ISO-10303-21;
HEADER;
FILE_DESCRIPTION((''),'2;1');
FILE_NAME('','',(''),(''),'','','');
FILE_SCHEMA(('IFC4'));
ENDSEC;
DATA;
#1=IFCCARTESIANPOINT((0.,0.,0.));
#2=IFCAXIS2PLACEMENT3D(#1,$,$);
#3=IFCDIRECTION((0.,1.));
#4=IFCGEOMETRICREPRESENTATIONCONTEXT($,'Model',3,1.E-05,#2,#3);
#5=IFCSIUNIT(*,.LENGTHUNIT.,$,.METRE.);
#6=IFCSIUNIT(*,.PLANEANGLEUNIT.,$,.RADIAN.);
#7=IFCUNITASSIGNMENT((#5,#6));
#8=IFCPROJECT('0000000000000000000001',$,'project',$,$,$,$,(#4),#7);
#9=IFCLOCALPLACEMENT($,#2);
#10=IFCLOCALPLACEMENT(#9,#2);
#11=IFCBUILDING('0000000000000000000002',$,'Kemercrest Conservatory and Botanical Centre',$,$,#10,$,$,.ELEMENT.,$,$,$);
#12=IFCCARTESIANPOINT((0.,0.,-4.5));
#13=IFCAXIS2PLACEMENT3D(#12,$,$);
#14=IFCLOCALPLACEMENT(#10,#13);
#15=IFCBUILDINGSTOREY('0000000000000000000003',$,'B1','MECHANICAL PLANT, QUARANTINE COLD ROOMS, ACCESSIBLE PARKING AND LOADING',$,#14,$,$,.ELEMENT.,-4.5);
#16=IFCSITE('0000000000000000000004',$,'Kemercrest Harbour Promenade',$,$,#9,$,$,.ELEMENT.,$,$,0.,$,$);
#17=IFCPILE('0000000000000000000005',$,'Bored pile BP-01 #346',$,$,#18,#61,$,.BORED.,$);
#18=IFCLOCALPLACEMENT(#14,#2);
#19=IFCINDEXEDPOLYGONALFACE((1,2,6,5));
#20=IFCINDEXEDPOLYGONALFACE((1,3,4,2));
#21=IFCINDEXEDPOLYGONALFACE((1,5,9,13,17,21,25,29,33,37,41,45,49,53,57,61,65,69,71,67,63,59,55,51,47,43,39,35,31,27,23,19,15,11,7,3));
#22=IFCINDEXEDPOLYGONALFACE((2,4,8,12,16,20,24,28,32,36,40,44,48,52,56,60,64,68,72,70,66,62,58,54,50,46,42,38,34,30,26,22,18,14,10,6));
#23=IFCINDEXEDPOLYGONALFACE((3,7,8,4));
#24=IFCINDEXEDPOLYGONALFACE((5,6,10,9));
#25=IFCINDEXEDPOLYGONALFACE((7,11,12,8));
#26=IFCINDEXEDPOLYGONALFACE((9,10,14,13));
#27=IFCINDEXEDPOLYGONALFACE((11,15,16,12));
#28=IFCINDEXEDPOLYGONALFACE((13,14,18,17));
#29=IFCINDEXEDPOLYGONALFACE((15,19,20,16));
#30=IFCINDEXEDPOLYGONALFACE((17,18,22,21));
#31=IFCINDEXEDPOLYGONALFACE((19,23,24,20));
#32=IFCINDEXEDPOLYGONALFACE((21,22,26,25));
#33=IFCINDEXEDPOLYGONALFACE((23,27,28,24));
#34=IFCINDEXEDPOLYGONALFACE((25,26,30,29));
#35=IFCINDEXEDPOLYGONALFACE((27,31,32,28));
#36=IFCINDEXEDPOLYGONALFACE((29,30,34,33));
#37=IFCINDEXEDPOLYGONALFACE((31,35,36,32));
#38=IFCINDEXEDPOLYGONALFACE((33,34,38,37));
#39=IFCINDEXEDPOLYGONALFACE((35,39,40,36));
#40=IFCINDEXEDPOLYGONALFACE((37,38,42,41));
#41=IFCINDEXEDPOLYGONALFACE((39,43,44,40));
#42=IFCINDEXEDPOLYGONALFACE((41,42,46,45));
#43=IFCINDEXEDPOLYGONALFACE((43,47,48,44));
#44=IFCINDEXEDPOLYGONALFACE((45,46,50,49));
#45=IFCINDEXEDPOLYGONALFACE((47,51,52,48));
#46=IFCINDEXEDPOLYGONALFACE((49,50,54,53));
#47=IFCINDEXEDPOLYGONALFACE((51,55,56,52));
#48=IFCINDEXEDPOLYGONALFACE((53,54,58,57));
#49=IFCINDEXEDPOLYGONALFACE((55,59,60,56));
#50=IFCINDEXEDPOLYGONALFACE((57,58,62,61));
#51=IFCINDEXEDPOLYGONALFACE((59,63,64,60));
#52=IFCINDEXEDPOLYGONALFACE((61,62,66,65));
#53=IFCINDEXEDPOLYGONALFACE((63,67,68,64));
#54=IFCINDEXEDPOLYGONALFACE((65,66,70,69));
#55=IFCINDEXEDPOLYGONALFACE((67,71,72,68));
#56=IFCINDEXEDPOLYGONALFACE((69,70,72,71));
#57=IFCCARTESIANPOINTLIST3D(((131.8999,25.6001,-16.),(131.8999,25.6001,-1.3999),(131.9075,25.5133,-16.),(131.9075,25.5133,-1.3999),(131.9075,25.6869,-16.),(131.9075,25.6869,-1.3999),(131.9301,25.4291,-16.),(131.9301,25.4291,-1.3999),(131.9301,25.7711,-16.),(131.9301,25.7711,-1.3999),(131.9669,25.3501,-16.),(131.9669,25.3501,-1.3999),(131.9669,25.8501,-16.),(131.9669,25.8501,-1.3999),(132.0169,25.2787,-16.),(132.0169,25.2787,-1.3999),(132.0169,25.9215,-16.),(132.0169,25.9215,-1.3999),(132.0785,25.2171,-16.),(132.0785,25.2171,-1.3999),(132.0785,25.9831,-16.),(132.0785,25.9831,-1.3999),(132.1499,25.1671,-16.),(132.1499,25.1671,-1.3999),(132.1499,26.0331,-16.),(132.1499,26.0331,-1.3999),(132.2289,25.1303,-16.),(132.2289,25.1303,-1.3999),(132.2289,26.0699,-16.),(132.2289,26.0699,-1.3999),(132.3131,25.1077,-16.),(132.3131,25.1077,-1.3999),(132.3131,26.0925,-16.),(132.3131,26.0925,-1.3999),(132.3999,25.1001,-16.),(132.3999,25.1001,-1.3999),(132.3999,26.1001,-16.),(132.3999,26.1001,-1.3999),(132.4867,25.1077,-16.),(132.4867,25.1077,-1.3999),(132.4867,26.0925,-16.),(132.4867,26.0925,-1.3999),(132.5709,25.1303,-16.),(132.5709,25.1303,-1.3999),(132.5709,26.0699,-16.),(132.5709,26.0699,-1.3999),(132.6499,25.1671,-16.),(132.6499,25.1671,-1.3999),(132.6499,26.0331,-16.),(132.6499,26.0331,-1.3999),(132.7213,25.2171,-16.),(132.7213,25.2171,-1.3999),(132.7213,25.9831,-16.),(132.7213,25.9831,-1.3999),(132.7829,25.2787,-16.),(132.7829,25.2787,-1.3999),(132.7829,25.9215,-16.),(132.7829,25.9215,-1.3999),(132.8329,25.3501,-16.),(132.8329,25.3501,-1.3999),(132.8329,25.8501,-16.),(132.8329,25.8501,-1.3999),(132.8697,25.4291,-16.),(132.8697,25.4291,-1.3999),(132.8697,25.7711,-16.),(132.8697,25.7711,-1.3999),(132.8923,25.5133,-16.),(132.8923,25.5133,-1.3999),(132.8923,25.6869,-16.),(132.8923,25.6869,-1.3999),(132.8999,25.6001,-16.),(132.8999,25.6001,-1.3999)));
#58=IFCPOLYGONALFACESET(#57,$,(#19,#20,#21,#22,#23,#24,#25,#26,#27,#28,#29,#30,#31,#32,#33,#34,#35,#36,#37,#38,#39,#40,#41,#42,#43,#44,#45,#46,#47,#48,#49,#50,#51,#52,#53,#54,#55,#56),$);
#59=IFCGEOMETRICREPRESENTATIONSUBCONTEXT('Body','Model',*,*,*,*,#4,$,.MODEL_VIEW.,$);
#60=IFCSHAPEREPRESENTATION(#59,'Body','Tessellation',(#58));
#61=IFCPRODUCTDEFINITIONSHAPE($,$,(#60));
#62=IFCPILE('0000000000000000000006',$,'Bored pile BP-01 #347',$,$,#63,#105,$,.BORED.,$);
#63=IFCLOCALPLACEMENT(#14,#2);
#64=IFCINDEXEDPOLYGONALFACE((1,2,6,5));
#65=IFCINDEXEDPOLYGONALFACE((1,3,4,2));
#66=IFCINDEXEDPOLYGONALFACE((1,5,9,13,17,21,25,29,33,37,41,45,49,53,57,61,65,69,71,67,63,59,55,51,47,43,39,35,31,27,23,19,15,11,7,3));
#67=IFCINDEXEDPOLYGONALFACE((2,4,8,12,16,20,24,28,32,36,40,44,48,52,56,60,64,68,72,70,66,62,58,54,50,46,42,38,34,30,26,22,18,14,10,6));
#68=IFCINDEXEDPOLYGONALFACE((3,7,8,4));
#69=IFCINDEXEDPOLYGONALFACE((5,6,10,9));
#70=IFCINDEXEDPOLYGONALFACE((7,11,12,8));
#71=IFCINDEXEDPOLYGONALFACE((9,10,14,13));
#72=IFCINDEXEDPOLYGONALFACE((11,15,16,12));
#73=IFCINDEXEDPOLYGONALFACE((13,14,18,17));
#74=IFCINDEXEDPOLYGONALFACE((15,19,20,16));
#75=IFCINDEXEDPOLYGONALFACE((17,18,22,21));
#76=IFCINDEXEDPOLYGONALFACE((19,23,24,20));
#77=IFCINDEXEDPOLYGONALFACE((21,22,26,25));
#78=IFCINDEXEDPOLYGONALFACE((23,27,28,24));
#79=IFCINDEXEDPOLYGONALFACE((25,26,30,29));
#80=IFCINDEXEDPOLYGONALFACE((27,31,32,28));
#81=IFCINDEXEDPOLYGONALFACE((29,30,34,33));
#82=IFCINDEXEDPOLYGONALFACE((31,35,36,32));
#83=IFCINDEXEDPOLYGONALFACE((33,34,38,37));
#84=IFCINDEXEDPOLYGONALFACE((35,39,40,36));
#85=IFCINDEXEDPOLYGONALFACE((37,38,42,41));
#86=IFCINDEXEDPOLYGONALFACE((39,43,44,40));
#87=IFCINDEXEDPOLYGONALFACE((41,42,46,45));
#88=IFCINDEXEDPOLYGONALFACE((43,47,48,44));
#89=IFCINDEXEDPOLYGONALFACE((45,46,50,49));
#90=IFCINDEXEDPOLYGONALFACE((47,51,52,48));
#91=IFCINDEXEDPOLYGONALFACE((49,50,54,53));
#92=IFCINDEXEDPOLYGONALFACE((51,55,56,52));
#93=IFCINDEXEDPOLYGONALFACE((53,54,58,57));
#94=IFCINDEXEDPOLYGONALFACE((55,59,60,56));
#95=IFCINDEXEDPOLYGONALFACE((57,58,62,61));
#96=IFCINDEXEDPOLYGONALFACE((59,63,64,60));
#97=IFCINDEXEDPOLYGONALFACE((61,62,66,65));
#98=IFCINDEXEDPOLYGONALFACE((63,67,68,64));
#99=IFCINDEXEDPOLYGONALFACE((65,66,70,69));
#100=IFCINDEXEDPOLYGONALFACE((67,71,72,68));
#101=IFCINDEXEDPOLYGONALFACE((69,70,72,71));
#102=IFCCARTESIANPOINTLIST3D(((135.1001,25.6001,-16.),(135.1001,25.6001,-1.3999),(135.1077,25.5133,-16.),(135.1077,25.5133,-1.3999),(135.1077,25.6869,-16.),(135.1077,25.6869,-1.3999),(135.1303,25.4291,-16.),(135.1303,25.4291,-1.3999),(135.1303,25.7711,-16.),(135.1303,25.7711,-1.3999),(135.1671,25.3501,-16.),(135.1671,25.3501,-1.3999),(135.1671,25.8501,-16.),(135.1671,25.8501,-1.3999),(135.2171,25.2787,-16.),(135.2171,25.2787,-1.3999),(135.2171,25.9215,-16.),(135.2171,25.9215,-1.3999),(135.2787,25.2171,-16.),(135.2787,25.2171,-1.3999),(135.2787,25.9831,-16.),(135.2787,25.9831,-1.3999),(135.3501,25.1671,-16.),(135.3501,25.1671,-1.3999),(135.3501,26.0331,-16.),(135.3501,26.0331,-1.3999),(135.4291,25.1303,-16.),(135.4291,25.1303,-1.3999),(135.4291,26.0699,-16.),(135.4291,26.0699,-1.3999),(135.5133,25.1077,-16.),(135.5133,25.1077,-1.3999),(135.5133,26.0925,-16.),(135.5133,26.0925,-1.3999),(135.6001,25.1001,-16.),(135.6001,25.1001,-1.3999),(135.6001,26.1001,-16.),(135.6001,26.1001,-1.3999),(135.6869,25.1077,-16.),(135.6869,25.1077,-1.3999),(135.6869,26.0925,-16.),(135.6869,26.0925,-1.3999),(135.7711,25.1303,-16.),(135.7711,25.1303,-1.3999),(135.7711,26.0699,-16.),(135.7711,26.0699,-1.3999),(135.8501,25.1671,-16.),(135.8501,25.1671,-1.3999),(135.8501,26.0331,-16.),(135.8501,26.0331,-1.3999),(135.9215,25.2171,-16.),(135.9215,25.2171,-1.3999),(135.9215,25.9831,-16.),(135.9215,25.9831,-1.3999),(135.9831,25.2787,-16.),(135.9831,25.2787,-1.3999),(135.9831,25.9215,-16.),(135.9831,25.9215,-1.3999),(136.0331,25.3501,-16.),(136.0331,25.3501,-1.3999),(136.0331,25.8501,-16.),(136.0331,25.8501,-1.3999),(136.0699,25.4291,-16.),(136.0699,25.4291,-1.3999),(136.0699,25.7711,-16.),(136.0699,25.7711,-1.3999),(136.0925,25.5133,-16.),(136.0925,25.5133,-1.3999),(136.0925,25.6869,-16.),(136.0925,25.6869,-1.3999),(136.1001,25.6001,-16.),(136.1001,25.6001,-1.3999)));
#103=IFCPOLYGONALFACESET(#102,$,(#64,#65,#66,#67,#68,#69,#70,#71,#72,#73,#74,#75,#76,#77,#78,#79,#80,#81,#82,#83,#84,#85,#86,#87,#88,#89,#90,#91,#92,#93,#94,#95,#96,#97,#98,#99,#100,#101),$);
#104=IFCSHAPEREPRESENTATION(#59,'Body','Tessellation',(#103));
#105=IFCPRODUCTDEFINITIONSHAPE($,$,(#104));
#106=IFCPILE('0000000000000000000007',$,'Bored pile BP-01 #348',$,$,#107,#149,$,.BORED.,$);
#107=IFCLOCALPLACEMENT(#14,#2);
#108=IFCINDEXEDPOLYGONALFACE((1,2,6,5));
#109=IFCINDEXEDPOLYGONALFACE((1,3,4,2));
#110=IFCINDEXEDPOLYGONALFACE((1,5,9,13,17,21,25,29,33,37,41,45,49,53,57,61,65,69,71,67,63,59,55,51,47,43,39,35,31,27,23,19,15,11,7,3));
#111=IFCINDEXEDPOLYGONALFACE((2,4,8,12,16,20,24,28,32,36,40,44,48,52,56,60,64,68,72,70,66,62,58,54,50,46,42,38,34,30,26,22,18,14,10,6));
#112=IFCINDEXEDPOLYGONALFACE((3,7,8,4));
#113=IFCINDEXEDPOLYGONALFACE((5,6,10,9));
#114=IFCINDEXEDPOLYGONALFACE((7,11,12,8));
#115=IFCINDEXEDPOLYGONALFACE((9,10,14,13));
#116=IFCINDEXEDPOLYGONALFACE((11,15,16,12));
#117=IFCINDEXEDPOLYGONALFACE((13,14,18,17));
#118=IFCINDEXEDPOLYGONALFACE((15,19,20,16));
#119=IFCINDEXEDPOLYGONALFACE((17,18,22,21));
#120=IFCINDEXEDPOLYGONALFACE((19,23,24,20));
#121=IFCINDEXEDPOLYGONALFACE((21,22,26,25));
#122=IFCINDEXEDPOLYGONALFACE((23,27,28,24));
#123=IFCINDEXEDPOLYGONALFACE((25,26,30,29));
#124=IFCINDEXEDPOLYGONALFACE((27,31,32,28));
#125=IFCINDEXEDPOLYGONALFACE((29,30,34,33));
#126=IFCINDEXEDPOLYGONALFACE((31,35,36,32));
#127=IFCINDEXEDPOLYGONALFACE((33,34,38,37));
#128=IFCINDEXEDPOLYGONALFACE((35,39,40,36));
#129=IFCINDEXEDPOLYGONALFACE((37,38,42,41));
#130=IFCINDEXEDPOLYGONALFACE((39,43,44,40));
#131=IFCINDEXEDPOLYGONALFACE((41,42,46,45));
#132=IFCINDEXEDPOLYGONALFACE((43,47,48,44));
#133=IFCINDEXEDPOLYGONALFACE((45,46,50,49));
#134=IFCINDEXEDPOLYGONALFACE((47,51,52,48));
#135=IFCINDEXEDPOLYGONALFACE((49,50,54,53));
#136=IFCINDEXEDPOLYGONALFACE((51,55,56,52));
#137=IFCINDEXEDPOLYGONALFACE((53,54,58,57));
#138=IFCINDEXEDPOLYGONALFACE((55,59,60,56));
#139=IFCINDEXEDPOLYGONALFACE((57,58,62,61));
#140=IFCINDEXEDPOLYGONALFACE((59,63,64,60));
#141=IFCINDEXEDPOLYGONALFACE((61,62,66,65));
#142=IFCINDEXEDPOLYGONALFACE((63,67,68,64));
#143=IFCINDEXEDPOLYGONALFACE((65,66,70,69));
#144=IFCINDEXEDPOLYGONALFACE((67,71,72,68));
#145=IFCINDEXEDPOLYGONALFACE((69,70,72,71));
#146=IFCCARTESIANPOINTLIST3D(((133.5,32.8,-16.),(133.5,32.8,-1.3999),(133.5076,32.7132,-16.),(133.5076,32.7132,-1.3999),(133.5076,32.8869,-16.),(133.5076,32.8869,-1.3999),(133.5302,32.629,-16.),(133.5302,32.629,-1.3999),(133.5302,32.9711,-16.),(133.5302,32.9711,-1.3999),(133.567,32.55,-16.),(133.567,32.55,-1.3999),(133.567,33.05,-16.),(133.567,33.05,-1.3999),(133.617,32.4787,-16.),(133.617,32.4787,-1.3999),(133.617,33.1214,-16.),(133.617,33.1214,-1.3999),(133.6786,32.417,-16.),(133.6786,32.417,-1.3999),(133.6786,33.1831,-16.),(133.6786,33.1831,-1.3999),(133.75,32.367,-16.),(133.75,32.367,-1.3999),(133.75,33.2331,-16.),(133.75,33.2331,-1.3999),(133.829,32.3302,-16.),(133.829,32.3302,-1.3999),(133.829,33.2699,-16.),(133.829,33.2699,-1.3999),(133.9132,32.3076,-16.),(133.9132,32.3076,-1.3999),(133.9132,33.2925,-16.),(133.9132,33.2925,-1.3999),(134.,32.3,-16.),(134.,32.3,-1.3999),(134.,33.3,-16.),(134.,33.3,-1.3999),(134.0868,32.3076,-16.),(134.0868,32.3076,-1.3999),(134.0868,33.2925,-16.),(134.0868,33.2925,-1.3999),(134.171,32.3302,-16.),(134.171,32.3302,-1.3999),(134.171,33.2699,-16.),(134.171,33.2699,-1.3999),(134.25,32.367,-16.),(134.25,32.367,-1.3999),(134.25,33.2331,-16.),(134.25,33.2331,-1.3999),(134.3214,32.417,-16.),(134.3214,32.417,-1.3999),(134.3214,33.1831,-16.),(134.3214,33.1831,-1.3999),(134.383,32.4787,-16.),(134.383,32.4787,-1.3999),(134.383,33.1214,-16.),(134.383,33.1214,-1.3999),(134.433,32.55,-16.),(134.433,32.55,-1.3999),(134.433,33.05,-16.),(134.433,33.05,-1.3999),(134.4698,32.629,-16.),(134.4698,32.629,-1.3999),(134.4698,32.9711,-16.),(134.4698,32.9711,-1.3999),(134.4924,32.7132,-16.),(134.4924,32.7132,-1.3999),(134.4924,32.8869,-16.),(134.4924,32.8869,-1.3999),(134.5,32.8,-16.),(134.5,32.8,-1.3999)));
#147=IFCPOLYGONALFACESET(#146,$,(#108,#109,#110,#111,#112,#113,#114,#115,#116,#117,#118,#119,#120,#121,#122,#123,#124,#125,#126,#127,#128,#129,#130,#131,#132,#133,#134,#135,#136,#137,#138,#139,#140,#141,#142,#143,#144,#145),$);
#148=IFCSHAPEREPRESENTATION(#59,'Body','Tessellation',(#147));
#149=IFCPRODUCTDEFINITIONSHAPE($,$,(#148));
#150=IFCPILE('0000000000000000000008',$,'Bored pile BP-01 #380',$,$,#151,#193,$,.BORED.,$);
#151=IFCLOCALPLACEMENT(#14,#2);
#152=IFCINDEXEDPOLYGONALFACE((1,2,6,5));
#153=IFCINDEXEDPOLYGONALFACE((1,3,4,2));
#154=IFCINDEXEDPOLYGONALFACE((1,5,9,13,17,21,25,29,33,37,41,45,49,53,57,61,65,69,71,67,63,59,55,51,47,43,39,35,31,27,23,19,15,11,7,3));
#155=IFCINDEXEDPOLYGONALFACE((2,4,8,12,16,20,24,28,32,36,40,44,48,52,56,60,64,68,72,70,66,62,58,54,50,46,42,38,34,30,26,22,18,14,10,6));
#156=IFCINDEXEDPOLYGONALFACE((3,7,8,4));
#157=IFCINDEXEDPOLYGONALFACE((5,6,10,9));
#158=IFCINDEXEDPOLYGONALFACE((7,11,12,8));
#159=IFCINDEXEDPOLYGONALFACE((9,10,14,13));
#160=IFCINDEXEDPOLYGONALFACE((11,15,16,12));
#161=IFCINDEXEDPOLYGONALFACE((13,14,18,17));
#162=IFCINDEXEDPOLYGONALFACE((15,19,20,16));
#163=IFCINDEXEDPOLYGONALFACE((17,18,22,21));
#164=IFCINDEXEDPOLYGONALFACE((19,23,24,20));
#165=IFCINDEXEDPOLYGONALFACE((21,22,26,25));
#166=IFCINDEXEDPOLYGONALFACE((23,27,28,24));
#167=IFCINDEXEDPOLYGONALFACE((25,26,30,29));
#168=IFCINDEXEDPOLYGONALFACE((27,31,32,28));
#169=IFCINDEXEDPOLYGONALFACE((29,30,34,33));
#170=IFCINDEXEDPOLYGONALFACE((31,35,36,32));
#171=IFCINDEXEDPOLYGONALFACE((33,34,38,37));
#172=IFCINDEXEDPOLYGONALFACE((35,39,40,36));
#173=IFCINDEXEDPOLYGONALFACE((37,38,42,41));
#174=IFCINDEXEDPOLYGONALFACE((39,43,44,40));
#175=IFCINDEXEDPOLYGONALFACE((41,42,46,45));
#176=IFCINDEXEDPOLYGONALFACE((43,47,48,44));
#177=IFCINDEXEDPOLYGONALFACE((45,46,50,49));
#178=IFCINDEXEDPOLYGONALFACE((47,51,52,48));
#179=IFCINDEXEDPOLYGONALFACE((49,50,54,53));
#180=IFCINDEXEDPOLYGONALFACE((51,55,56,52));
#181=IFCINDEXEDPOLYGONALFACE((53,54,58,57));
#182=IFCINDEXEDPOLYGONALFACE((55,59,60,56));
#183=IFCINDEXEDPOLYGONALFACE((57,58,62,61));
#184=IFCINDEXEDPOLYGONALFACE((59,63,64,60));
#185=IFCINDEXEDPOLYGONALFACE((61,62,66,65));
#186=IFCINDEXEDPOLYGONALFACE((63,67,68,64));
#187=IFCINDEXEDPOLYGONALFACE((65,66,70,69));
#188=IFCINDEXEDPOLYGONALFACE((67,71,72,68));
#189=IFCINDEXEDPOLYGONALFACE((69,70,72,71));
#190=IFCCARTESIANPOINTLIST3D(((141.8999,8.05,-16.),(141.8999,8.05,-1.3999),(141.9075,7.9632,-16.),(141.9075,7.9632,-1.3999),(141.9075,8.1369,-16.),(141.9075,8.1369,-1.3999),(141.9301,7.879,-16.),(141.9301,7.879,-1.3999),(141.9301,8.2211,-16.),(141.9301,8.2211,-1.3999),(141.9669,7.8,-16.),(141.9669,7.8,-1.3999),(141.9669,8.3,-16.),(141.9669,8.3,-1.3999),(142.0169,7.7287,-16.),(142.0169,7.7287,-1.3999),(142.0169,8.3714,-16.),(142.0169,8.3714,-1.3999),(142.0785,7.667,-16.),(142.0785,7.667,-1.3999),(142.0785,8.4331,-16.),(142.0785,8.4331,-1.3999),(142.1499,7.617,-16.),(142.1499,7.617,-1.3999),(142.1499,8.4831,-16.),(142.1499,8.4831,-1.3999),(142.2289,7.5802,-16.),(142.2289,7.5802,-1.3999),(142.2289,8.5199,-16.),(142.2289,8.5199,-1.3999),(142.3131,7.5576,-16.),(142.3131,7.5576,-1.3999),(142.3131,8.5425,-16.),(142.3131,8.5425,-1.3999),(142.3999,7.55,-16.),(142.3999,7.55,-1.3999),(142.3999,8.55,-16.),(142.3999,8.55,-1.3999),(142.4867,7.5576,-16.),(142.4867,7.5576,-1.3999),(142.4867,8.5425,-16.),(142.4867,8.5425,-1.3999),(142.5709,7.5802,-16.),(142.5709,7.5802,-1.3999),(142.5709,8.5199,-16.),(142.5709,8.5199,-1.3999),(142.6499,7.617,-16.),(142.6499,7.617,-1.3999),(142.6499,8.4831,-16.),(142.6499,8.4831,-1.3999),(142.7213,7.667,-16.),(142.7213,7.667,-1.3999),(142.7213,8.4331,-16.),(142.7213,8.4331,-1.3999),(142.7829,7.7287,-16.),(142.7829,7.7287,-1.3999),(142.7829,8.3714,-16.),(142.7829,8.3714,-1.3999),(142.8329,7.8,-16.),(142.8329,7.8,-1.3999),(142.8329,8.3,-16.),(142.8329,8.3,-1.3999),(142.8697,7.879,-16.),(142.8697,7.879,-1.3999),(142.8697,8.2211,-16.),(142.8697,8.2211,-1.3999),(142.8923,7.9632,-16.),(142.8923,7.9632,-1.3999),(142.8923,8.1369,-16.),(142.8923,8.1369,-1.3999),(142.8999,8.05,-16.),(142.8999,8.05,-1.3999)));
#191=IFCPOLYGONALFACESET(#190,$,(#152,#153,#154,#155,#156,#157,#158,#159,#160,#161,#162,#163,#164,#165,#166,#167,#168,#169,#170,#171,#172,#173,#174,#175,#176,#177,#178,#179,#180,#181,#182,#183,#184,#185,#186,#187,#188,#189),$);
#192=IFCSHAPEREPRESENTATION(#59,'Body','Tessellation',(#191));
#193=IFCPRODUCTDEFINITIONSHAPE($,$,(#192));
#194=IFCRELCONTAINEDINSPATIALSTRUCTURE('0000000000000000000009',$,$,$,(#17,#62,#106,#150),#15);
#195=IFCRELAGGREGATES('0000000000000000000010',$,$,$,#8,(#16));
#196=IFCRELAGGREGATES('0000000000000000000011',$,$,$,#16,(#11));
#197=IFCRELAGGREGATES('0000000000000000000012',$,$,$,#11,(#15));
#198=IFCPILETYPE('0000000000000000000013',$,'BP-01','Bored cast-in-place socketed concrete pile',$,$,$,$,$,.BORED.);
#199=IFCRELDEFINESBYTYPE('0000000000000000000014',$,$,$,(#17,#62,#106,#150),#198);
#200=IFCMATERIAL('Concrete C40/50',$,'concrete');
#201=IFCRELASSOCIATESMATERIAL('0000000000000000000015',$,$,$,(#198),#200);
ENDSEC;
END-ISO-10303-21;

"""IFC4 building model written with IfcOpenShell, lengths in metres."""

from ifc_helpers import new_model, si_unit, direction, frame, origin, origin_2d, place, context, subcontext, project, spatial, circle, extrude, material, material_profile, profile_set, type_object, element, save


model = new_model("IFC4")

# Units and contexts
model_context = context("Model", 3, precision=1e-05, world=origin(), true_north=direction((0.0, 1.0)))
body_context = subcontext(model_context, "Body", "Model", "MODEL_VIEW")
ifc_project = project(units=[si_unit("LENGTHUNIT", "METRE"), si_unit("PLANEANGLEUNIT", "RADIAN")], contexts=[model_context])

# Site, building, storey
site_placement = place(None, origin())
site = spatial("IfcSite", under=ifc_project, at=site_placement, Name="Kemercrest Harbour Promenade", CompositionType="ELEMENT", RefElevation=0.0)
building_placement = place(site_placement, origin())
building = spatial("IfcBuilding", under=site, at=building_placement, Name="Kemercrest Conservatory and Botanical Centre", CompositionType="ELEMENT")
storey_placement = place(building_placement, frame((0.0, 0.0, -4.5)))
storey = spatial("IfcBuildingStorey", under=building, at=storey_placement, Name="B1", Description="MECHANICAL PLANT, QUARANTINE COLD ROOMS, ACCESSIBLE PARKING AND LOADING", CompositionType="ELEMENT", Elevation=-4.5)

# Piles
ifc_material_1 = material(Name="Concrete C40/50", Category="concrete")
ifc_material_profile_1 = material_profile(ifc_material_1, circle(Radius=0.5, at=origin_2d()), Name="BORED PILE 1000")
ifc_profile_set_1 = profile_set([ifc_material_profile_1], Name="Concrete C40/50")
pile_type_1 = type_object("IfcPileType", Name="BP-01", Description="Bored cast-in-place socketed concrete pile", PredefinedType="BORED", material=ifc_profile_set_1)
for number, where, z_axis, x_axis, name in (
    (1, (132.3999, 25.6001, -1.3999), (0.0, 0.0, -1.0), (1.0, 0.0, 0.0), "Bored pile BP-01 #346"),
    (2, (135.6001, 25.6001, -1.3999), (0.0, 0.0, -1.0), (1.0, 0.0, 0.0), "Bored pile BP-01 #347"),
    (3, (134.0, 32.8, -1.3999), (0.0, 0.0, -1.0), (1.0, 0.0, 0.0), "Bored pile BP-01 #348"),
    (4, (142.3999, 8.05, -1.3999), (0.0, 0.0, -1.0), (1.0, 0.0, 0.0), "Bored pile BP-01 #380"),
):
    element("IfcPile", number, at=place(storey_placement, frame(where, z_axis=z_axis, x_axis=x_axis)), inside=storey, type_object=pile_type_1, Name=name, PredefinedType="BORED", context=body_context, shape_type="SweptSolid", body=[
        extrude(circle(Radius=0.5, at=origin_2d()), origin(), (0.0, 0.0, 1.0), 14.6001),
    ])

save(model, "model.ifc")
